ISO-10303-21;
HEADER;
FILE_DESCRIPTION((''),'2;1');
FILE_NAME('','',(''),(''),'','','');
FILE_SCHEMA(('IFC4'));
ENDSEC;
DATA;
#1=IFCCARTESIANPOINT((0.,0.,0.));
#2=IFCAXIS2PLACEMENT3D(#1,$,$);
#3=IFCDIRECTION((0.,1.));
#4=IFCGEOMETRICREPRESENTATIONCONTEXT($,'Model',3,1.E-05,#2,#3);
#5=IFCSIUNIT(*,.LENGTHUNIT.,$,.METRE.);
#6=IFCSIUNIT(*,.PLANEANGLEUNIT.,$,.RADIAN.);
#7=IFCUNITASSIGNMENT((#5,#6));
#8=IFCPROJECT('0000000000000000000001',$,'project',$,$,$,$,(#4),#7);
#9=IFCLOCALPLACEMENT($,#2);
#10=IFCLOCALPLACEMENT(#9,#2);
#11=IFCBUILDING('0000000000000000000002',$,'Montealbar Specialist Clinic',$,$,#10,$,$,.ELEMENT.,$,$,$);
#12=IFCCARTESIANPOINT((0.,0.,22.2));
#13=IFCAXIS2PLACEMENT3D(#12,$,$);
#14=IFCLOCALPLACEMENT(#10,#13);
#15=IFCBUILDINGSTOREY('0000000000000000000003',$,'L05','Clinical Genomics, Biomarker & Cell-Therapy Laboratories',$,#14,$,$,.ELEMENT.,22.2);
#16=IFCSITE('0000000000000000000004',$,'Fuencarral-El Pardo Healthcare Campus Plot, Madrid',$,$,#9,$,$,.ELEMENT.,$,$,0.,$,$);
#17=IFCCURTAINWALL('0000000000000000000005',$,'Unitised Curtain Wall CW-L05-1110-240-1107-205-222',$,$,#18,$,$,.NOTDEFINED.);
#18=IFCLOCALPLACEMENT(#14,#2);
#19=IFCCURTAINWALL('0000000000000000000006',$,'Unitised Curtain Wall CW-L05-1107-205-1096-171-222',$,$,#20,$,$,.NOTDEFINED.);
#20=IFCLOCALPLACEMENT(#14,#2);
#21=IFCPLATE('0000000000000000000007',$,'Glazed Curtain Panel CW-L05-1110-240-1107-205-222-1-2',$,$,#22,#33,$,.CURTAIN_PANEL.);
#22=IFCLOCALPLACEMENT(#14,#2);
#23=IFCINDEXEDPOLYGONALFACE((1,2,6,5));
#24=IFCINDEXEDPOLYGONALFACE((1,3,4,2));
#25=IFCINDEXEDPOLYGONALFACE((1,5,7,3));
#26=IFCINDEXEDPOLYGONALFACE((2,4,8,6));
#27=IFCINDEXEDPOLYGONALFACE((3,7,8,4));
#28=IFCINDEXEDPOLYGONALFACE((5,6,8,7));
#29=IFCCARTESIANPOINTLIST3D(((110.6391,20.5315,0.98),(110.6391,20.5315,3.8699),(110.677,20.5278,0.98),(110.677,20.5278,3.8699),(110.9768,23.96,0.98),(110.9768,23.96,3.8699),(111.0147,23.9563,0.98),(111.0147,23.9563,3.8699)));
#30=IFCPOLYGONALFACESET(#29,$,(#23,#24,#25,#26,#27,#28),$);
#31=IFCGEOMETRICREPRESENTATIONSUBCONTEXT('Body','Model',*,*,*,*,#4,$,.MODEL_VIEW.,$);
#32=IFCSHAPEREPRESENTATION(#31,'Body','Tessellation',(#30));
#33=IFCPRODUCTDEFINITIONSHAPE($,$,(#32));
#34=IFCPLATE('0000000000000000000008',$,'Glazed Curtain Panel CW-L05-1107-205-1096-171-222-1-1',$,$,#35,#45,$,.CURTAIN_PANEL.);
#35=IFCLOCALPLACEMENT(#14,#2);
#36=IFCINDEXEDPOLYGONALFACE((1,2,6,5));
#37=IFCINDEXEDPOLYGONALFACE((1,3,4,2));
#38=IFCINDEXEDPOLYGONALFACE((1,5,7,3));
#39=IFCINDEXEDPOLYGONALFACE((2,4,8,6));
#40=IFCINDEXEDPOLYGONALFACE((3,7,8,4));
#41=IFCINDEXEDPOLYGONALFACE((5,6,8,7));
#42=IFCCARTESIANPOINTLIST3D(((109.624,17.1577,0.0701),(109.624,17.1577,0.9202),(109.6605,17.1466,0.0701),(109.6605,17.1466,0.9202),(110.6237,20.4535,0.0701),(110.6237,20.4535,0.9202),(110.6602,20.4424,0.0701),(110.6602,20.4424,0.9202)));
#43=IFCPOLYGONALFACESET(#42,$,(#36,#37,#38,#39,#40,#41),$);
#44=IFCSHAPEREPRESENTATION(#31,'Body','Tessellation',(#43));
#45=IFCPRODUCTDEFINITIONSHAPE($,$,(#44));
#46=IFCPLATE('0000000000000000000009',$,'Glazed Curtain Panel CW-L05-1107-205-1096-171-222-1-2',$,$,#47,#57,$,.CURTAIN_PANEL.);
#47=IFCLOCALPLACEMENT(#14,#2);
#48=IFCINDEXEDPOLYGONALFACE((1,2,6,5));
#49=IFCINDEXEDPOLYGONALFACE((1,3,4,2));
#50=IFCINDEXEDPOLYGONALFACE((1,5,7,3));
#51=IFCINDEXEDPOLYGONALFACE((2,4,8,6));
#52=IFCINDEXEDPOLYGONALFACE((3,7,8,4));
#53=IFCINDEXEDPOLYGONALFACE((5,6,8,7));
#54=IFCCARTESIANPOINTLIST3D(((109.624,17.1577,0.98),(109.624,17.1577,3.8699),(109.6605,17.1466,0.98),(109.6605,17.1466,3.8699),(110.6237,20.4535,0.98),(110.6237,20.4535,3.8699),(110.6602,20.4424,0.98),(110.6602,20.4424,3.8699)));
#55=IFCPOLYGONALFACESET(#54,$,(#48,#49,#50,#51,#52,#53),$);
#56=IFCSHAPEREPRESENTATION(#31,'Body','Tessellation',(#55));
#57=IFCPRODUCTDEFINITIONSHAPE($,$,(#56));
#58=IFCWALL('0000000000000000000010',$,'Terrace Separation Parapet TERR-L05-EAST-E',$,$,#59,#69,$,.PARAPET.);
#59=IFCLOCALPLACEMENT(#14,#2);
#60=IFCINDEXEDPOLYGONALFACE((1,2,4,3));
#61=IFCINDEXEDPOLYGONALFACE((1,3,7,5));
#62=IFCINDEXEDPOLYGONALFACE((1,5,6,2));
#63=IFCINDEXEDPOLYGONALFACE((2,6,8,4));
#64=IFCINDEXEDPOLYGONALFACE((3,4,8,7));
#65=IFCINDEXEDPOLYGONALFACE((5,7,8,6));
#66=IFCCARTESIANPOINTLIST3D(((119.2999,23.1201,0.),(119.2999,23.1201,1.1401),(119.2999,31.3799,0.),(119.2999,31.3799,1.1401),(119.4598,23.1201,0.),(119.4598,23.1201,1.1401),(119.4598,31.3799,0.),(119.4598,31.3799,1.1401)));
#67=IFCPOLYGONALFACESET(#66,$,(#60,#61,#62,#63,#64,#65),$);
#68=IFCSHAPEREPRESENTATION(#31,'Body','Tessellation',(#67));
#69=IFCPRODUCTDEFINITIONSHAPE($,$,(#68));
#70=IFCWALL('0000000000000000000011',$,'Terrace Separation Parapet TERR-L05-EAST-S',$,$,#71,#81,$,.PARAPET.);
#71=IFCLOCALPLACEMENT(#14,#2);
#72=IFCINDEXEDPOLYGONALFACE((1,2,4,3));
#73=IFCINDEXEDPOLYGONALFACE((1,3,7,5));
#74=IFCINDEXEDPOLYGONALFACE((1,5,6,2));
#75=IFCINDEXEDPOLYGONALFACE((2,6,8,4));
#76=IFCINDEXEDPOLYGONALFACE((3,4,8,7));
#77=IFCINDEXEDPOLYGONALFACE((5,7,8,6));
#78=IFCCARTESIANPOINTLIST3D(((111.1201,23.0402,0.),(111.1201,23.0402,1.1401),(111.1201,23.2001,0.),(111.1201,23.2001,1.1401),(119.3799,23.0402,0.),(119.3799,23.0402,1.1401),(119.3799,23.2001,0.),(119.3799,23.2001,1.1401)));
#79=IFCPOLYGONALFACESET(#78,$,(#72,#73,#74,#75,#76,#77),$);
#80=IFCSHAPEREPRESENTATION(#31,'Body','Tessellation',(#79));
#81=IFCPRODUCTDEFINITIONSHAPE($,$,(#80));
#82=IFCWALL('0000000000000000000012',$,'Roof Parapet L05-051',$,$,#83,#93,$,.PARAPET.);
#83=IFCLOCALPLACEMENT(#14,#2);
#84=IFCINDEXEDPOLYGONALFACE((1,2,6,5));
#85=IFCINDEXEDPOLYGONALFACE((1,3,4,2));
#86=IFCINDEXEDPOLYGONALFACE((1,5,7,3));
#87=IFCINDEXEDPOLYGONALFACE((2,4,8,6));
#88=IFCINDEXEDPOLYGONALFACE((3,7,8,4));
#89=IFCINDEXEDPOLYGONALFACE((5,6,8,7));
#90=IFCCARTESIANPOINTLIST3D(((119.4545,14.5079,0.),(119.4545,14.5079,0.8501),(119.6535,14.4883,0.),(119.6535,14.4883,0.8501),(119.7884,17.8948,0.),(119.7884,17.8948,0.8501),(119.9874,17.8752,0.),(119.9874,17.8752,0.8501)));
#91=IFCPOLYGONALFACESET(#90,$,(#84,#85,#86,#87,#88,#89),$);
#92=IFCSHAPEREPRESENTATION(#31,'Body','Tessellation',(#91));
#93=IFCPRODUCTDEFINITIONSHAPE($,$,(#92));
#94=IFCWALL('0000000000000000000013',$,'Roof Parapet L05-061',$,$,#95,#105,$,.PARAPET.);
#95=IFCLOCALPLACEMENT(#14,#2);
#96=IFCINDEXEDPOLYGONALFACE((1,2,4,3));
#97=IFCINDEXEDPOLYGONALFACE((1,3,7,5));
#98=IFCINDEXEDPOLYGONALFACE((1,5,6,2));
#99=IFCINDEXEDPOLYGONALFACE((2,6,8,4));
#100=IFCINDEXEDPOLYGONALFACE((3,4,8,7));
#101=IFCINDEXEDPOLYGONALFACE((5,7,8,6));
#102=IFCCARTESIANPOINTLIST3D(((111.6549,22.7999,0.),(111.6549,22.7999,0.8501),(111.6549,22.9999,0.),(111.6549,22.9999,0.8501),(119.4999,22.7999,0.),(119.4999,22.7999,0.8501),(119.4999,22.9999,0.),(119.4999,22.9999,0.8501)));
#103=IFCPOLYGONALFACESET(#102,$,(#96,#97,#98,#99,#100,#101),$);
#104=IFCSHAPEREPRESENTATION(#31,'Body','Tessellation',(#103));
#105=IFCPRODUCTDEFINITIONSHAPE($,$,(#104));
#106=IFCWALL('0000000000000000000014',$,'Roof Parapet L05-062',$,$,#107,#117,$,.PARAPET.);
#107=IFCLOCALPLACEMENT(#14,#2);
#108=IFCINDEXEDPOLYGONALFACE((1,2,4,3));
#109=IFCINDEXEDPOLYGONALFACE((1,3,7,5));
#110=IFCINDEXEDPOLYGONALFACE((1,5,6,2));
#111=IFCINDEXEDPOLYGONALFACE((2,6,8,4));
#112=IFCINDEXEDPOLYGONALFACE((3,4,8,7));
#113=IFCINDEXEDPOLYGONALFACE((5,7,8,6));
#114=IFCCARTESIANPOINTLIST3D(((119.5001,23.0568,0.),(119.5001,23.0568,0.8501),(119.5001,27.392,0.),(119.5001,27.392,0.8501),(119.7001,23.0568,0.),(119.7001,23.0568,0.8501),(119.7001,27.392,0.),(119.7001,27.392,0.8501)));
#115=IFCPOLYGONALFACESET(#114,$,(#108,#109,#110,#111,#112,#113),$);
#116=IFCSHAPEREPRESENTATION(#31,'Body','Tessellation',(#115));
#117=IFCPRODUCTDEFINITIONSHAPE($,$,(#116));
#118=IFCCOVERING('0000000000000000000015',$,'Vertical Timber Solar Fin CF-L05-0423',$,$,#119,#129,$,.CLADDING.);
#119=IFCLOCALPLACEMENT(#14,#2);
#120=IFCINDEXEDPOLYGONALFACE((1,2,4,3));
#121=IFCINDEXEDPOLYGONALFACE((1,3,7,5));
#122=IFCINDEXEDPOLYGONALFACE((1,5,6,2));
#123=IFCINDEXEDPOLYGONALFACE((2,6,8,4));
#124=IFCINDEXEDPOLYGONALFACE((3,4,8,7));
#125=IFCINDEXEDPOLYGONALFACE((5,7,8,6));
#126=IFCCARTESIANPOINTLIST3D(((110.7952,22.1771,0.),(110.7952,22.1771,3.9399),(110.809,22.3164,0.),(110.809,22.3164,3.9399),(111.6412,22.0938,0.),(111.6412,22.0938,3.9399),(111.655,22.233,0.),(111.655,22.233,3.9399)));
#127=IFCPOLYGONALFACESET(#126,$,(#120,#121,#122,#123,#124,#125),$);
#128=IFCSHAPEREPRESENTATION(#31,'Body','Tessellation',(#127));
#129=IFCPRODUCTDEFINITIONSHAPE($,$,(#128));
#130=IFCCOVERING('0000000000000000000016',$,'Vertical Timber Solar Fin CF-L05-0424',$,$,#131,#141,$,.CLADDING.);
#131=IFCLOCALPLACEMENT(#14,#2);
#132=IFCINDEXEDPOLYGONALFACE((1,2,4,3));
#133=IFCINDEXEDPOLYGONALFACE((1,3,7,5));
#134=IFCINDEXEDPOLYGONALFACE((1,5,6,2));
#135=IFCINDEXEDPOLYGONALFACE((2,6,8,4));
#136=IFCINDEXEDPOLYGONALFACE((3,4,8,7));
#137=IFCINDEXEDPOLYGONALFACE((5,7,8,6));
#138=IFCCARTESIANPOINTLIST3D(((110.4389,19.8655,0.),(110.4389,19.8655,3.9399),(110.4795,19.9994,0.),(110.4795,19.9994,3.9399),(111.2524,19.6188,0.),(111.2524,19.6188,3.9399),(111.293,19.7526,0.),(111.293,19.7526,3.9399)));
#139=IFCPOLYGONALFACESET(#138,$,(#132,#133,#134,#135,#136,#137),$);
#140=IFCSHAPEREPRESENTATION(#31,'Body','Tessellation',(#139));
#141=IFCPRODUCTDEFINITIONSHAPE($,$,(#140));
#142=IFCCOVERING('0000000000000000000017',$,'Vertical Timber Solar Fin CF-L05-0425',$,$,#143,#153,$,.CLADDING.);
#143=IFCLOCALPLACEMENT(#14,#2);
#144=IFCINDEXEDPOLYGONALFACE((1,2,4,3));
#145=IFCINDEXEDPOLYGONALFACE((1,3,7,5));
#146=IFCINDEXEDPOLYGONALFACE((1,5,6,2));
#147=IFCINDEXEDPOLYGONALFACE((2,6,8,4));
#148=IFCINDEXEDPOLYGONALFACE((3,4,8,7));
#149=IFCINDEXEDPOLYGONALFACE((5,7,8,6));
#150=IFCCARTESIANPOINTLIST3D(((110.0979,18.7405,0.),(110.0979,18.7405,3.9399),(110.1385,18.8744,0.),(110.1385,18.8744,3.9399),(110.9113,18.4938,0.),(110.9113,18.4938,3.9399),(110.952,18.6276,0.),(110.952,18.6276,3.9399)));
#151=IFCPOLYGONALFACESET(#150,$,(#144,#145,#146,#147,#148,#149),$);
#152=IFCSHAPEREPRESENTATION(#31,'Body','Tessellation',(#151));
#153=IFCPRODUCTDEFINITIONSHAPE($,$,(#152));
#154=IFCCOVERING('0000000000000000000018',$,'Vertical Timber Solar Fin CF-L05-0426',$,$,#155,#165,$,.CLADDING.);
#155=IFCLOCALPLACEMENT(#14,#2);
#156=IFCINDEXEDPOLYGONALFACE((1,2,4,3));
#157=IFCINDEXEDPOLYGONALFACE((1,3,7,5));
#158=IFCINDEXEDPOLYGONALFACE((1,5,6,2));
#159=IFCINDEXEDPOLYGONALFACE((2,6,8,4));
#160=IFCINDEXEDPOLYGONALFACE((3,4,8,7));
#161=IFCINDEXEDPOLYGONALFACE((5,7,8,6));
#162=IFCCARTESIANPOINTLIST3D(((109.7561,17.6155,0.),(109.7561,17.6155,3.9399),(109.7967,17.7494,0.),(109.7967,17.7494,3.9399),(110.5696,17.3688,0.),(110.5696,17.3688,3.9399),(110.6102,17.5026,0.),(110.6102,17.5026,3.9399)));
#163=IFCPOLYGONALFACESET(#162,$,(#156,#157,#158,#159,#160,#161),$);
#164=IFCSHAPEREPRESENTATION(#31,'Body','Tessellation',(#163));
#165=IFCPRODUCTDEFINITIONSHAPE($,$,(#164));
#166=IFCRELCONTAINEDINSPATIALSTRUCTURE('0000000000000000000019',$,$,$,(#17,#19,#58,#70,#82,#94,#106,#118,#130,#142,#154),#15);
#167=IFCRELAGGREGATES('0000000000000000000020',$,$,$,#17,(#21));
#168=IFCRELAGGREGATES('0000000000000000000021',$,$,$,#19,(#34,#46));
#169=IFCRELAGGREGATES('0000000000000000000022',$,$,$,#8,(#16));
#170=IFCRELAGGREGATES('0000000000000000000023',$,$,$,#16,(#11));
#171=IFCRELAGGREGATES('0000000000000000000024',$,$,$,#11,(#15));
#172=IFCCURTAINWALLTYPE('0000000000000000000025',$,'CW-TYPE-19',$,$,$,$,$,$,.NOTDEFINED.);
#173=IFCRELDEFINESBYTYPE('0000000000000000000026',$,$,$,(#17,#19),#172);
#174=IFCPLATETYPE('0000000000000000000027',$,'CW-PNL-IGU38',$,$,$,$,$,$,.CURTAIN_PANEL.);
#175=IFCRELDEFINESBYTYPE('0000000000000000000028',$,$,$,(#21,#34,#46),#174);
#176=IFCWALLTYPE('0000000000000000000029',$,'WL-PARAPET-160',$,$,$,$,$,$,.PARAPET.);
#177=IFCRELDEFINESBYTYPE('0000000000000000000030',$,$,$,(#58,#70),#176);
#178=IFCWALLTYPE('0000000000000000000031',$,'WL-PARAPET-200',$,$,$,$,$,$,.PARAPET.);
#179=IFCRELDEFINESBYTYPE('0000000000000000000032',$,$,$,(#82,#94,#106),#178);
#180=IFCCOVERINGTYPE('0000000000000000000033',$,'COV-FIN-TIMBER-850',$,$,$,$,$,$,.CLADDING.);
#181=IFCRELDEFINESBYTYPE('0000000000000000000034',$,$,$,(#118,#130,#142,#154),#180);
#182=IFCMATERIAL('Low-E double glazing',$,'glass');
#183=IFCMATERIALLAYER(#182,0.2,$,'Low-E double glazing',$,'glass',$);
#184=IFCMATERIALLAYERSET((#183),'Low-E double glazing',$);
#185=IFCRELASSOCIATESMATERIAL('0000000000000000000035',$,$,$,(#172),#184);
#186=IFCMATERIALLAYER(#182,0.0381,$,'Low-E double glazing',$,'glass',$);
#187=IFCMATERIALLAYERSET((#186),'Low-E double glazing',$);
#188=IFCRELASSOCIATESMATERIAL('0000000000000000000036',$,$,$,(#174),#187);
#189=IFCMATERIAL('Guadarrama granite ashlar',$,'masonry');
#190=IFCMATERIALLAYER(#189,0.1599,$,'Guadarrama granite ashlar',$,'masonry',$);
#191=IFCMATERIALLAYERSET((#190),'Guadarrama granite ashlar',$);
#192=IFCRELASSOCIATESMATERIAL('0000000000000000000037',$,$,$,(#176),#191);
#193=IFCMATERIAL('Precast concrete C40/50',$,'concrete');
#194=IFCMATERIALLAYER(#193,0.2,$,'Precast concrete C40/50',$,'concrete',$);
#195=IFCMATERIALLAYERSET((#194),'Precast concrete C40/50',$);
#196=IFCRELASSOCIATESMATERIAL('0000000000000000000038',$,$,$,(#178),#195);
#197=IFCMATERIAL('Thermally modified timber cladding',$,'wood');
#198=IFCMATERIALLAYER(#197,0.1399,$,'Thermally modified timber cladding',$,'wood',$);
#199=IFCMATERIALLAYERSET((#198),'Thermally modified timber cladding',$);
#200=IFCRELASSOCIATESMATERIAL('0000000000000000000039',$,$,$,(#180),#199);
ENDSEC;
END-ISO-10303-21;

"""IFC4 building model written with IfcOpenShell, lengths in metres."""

from ifc_helpers import new_model, si_unit, direction, frame, frame_2d, origin, origin_2d, place, context, subcontext, project, spatial, rectangle, extrude, material, layer, layer_set, type_object, element, aggregate, save


model = new_model("IFC4")

# Units and contexts
model_context = context("Model", 3, precision=1e-05, world=origin(), true_north=direction((0.0, 1.0)))
body_context = subcontext(model_context, "Body", "Model", "MODEL_VIEW")
ifc_project = project(units=[si_unit("LENGTHUNIT", "METRE"), si_unit("PLANEANGLEUNIT", "RADIAN")], contexts=[model_context])

# Site, building, storey
site_placement = place(None, origin())
site = spatial("IfcSite", under=ifc_project, at=site_placement, Name="Fuencarral-El Pardo Healthcare Campus Plot, Madrid", CompositionType="ELEMENT", RefElevation=0.0)
building_placement = place(site_placement, origin())
building = spatial("IfcBuilding", under=site, at=building_placement, Name="Montealbar Specialist Clinic", CompositionType="ELEMENT")
storey_placement = place(building_placement, frame((0.0, 0.0, 22.2)))
storey = spatial("IfcBuildingStorey", under=building, at=storey_placement, Name="L05", Description="Clinical Genomics, Biomarker & Cell-Therapy Laboratories", CompositionType="ELEMENT", Elevation=22.2)

# Curtain walls
ifc_material_1 = material(Name="Low-E double glazing", Category="glass")
ifc_layer_1 = layer(ifc_material_1, 0.2, Name="Low-E double glazing", Category="glass")
ifc_layer_set_1 = layer_set([ifc_layer_1], Name="Low-E double glazing")
curtain_wall_type = type_object("IfcCurtainWallType", Name="CW-TYPE-19", PredefinedType="NOTDEFINED", material=ifc_layer_set_1)
curtain_wall_1_placement = place(storey_placement, origin())
curtain_wall_1 = element("IfcCurtainWall", 1, at=curtain_wall_1_placement, inside=storey, type_object=curtain_wall_type, Name="Unitised Curtain Wall CW-L05-1110-240-1107-205-222", PredefinedType="NOTDEFINED")
curtain_wall_2_placement = place(storey_placement, origin())
curtain_wall_2 = element("IfcCurtainWall", 2, at=curtain_wall_2_placement, inside=storey, type_object=curtain_wall_type, Name="Unitised Curtain Wall CW-L05-1107-205-1096-171-222", PredefinedType="NOTDEFINED")

# Plates
ifc_layer_2 = layer(ifc_material_1, 0.0381, Name="Low-E double glazing", Category="glass")
ifc_layer_set_2 = layer_set([ifc_layer_2], Name="Low-E double glazing")
plate_type = type_object("IfcPlateType", Name="CW-PNL-IGU38", PredefinedType="CURTAIN_PANEL", material=ifc_layer_set_2)
plate_1_placement = place(storey_placement, frame((110.8269, 22.2439, 0.98), z_axis=(0.0, 0.0, 1.0), x_axis=(-0.098045, -0.995182, 0.0)))
plate_1 = element("IfcPlate", 3, at=plate_1_placement, type_object=plate_type, Name="Glazed Curtain Panel CW-L05-1110-240-1107-205-222-1-2", PredefinedType="CURTAIN_PANEL", context=body_context, shape_type="SweptSolid", body=[
    extrude(rectangle(XDim=3.4451, YDim=0.0381, at=origin_2d()), origin(), (0.0, 0.0, 1.0), 2.8899),
])
aggregate(curtain_wall_1, [plate_1])
plate_2_placement = place(storey_placement, frame((110.1421, 18.8, 0.0701), z_axis=(0.0, 0.0, 1.0), x_axis=(-0.290259, -0.956948, 0.0)))
plate_2 = element("IfcPlate", 4, at=plate_2_placement, type_object=plate_type, Name="Glazed Curtain Panel CW-L05-1107-205-1096-171-222-1-1", PredefinedType="CURTAIN_PANEL", context=body_context, shape_type="SweptSolid", body=[
    extrude(rectangle(XDim=3.4441, YDim=0.0381, at=origin_2d()), origin(), (0.0, 0.0, 1.0), 0.8501),
])
plate_3_placement = place(storey_placement, frame((110.1421, 18.8, 0.98), z_axis=(0.0, 0.0, 1.0), x_axis=(-0.290259, -0.956948, 0.0)))
plate_3 = element("IfcPlate", 5, at=plate_3_placement, type_object=plate_type, Name="Glazed Curtain Panel CW-L05-1107-205-1096-171-222-1-2", PredefinedType="CURTAIN_PANEL", context=body_context, shape_type="SweptSolid", body=[
    extrude(rectangle(XDim=3.4441, YDim=0.0381, at=origin_2d()), origin(), (0.0, 0.0, 1.0), 2.8899),
])
aggregate(curtain_wall_2, [plate_2, plate_3])

# Walls
ifc_material_2 = material(Name="Guadarrama granite ashlar", Category="masonry")
ifc_layer_3 = layer(ifc_material_2, 0.1599, Name="Guadarrama granite ashlar", Category="masonry")
ifc_layer_set_3 = layer_set([ifc_layer_3], Name="Guadarrama granite ashlar")
wall_type_1 = type_object("IfcWallType", Name="WL-PARAPET-160", PredefinedType="PARAPET", material=ifc_layer_set_3)
for number, where, z_axis, x_axis, name in (
    (6, (119.3799, 23.1201, 0.0), (0.0, 0.0, 1.0), (0.0, 1.0, 0.0), "Terrace Separation Parapet TERR-L05-EAST-E"),
    (7, (111.1201, 23.1201, 0.0), (0.0, 0.0, 1.0), (1.0, 0.0, 0.0), "Terrace Separation Parapet TERR-L05-EAST-S"),
):
    element("IfcWall", number, at=place(storey_placement, frame(where, z_axis=z_axis, x_axis=x_axis)), inside=storey, type_object=wall_type_1, Name=name, PredefinedType="PARAPET", context=body_context, shape_type="SweptSolid", body=[
        extrude(rectangle(XDim=8.2598, YDim=0.1599, at=frame_2d((4.1299, 0.0))), origin(), (0.0, 0.0, 1.0), 1.1401),
    ])
ifc_material_3 = material(Name="Precast concrete C40/50", Category="concrete")
ifc_layer_4 = layer(ifc_material_3, 0.2, Name="Precast concrete C40/50", Category="concrete")
ifc_layer_set_4 = layer_set([ifc_layer_4], Name="Precast concrete C40/50")
wall_type_2 = type_object("IfcWallType", Name="WL-PARAPET-200", PredefinedType="PARAPET", material=ifc_layer_set_4)
wall_1_placement = place(storey_placement, frame((119.8879, 17.885, 0.0), z_axis=(0.0, 0.0, 1.0), x_axis=(-0.098133, -0.995173, 0.0)))
element("IfcWall", 8, at=wall_1_placement, inside=storey, type_object=wall_type_2, Name="Roof Parapet L05-051", PredefinedType="PARAPET", context=body_context, shape_type="SweptSolid", body=[
    extrude(rectangle(XDim=3.4033, YDim=0.2, at=frame_2d((1.7017, 0.0))), origin(), (0.0, 0.0, 1.0), 0.8501),
])
wall_2_placement = place(storey_placement, frame((111.655, 22.8999, 0.0), z_axis=(0.0, 0.0, 1.0), x_axis=(1.0, 0.0, 0.0)))
element("IfcWall", 9, at=wall_2_placement, inside=storey, type_object=wall_type_2, Name="Roof Parapet L05-061", PredefinedType="PARAPET", context=body_context, shape_type="SweptSolid", body=[
    extrude(rectangle(XDim=7.845, YDim=0.2, at=frame_2d((3.9224, 0.0))), origin(), (0.0, 0.0, 1.0), 0.8501),
])
wall_3_placement = place(storey_placement, frame((119.6001, 23.0569, 0.0), z_axis=(0.0, 0.0, 1.0), x_axis=(0.0, 1.0, 0.0)))
element("IfcWall", 10, at=wall_3_placement, inside=storey, type_object=wall_type_2, Name="Roof Parapet L05-062", PredefinedType="PARAPET", context=body_context, shape_type="SweptSolid", body=[
    extrude(rectangle(XDim=4.3352, YDim=0.2, at=frame_2d((2.1675, 0.0))), origin(), (0.0, 0.0, 1.0), 0.8501),
])

# Coverings
ifc_material_4 = material(Name="Thermally modified timber cladding", Category="wood")
ifc_layer_5 = layer(ifc_material_4, 0.1399, Name="Thermally modified timber cladding", Category="wood")
ifc_layer_set_5 = layer_set([ifc_layer_5], Name="Thermally modified timber cladding")
covering_type = type_object("IfcCoveringType", Name="COV-FIN-TIMBER-850", PredefinedType="CLADDING", material=ifc_layer_set_5)
for number, where, z_axis, x_axis, name in (
    (11, (111.2251, 22.2051, 0.0), (0.0, 0.0, 1.0), (0.995182, -0.098045, 0.0), "Vertical Timber Solar Fin CF-L05-0423"),
    (12, (110.866, 19.8091, 0.0), (0.0, 0.0, 1.0), (0.956948, -0.290259, 0.0), "Vertical Timber Solar Fin CF-L05-0424"),
    (13, (110.5249, 18.6841, 0.0), (0.0, 0.0, 1.0), (0.956948, -0.290259, 0.0), "Vertical Timber Solar Fin CF-L05-0425"),
    (14, (110.1831, 17.5591, 0.0), (0.0, 0.0, 1.0), (0.956948, -0.290259, 0.0), "Vertical Timber Solar Fin CF-L05-0426"),
):
    element("IfcCovering", number, at=place(storey_placement, frame(where, z_axis=z_axis, x_axis=x_axis)), inside=storey, type_object=covering_type, Name=name, PredefinedType="CLADDING", context=body_context, shape_type="SweptSolid", body=[
        extrude(rectangle(XDim=0.8501, YDim=0.1399, at=origin_2d()), origin(), (0.0, 0.0, 1.0), 3.9399),
    ])

save(model, "model.ifc")
